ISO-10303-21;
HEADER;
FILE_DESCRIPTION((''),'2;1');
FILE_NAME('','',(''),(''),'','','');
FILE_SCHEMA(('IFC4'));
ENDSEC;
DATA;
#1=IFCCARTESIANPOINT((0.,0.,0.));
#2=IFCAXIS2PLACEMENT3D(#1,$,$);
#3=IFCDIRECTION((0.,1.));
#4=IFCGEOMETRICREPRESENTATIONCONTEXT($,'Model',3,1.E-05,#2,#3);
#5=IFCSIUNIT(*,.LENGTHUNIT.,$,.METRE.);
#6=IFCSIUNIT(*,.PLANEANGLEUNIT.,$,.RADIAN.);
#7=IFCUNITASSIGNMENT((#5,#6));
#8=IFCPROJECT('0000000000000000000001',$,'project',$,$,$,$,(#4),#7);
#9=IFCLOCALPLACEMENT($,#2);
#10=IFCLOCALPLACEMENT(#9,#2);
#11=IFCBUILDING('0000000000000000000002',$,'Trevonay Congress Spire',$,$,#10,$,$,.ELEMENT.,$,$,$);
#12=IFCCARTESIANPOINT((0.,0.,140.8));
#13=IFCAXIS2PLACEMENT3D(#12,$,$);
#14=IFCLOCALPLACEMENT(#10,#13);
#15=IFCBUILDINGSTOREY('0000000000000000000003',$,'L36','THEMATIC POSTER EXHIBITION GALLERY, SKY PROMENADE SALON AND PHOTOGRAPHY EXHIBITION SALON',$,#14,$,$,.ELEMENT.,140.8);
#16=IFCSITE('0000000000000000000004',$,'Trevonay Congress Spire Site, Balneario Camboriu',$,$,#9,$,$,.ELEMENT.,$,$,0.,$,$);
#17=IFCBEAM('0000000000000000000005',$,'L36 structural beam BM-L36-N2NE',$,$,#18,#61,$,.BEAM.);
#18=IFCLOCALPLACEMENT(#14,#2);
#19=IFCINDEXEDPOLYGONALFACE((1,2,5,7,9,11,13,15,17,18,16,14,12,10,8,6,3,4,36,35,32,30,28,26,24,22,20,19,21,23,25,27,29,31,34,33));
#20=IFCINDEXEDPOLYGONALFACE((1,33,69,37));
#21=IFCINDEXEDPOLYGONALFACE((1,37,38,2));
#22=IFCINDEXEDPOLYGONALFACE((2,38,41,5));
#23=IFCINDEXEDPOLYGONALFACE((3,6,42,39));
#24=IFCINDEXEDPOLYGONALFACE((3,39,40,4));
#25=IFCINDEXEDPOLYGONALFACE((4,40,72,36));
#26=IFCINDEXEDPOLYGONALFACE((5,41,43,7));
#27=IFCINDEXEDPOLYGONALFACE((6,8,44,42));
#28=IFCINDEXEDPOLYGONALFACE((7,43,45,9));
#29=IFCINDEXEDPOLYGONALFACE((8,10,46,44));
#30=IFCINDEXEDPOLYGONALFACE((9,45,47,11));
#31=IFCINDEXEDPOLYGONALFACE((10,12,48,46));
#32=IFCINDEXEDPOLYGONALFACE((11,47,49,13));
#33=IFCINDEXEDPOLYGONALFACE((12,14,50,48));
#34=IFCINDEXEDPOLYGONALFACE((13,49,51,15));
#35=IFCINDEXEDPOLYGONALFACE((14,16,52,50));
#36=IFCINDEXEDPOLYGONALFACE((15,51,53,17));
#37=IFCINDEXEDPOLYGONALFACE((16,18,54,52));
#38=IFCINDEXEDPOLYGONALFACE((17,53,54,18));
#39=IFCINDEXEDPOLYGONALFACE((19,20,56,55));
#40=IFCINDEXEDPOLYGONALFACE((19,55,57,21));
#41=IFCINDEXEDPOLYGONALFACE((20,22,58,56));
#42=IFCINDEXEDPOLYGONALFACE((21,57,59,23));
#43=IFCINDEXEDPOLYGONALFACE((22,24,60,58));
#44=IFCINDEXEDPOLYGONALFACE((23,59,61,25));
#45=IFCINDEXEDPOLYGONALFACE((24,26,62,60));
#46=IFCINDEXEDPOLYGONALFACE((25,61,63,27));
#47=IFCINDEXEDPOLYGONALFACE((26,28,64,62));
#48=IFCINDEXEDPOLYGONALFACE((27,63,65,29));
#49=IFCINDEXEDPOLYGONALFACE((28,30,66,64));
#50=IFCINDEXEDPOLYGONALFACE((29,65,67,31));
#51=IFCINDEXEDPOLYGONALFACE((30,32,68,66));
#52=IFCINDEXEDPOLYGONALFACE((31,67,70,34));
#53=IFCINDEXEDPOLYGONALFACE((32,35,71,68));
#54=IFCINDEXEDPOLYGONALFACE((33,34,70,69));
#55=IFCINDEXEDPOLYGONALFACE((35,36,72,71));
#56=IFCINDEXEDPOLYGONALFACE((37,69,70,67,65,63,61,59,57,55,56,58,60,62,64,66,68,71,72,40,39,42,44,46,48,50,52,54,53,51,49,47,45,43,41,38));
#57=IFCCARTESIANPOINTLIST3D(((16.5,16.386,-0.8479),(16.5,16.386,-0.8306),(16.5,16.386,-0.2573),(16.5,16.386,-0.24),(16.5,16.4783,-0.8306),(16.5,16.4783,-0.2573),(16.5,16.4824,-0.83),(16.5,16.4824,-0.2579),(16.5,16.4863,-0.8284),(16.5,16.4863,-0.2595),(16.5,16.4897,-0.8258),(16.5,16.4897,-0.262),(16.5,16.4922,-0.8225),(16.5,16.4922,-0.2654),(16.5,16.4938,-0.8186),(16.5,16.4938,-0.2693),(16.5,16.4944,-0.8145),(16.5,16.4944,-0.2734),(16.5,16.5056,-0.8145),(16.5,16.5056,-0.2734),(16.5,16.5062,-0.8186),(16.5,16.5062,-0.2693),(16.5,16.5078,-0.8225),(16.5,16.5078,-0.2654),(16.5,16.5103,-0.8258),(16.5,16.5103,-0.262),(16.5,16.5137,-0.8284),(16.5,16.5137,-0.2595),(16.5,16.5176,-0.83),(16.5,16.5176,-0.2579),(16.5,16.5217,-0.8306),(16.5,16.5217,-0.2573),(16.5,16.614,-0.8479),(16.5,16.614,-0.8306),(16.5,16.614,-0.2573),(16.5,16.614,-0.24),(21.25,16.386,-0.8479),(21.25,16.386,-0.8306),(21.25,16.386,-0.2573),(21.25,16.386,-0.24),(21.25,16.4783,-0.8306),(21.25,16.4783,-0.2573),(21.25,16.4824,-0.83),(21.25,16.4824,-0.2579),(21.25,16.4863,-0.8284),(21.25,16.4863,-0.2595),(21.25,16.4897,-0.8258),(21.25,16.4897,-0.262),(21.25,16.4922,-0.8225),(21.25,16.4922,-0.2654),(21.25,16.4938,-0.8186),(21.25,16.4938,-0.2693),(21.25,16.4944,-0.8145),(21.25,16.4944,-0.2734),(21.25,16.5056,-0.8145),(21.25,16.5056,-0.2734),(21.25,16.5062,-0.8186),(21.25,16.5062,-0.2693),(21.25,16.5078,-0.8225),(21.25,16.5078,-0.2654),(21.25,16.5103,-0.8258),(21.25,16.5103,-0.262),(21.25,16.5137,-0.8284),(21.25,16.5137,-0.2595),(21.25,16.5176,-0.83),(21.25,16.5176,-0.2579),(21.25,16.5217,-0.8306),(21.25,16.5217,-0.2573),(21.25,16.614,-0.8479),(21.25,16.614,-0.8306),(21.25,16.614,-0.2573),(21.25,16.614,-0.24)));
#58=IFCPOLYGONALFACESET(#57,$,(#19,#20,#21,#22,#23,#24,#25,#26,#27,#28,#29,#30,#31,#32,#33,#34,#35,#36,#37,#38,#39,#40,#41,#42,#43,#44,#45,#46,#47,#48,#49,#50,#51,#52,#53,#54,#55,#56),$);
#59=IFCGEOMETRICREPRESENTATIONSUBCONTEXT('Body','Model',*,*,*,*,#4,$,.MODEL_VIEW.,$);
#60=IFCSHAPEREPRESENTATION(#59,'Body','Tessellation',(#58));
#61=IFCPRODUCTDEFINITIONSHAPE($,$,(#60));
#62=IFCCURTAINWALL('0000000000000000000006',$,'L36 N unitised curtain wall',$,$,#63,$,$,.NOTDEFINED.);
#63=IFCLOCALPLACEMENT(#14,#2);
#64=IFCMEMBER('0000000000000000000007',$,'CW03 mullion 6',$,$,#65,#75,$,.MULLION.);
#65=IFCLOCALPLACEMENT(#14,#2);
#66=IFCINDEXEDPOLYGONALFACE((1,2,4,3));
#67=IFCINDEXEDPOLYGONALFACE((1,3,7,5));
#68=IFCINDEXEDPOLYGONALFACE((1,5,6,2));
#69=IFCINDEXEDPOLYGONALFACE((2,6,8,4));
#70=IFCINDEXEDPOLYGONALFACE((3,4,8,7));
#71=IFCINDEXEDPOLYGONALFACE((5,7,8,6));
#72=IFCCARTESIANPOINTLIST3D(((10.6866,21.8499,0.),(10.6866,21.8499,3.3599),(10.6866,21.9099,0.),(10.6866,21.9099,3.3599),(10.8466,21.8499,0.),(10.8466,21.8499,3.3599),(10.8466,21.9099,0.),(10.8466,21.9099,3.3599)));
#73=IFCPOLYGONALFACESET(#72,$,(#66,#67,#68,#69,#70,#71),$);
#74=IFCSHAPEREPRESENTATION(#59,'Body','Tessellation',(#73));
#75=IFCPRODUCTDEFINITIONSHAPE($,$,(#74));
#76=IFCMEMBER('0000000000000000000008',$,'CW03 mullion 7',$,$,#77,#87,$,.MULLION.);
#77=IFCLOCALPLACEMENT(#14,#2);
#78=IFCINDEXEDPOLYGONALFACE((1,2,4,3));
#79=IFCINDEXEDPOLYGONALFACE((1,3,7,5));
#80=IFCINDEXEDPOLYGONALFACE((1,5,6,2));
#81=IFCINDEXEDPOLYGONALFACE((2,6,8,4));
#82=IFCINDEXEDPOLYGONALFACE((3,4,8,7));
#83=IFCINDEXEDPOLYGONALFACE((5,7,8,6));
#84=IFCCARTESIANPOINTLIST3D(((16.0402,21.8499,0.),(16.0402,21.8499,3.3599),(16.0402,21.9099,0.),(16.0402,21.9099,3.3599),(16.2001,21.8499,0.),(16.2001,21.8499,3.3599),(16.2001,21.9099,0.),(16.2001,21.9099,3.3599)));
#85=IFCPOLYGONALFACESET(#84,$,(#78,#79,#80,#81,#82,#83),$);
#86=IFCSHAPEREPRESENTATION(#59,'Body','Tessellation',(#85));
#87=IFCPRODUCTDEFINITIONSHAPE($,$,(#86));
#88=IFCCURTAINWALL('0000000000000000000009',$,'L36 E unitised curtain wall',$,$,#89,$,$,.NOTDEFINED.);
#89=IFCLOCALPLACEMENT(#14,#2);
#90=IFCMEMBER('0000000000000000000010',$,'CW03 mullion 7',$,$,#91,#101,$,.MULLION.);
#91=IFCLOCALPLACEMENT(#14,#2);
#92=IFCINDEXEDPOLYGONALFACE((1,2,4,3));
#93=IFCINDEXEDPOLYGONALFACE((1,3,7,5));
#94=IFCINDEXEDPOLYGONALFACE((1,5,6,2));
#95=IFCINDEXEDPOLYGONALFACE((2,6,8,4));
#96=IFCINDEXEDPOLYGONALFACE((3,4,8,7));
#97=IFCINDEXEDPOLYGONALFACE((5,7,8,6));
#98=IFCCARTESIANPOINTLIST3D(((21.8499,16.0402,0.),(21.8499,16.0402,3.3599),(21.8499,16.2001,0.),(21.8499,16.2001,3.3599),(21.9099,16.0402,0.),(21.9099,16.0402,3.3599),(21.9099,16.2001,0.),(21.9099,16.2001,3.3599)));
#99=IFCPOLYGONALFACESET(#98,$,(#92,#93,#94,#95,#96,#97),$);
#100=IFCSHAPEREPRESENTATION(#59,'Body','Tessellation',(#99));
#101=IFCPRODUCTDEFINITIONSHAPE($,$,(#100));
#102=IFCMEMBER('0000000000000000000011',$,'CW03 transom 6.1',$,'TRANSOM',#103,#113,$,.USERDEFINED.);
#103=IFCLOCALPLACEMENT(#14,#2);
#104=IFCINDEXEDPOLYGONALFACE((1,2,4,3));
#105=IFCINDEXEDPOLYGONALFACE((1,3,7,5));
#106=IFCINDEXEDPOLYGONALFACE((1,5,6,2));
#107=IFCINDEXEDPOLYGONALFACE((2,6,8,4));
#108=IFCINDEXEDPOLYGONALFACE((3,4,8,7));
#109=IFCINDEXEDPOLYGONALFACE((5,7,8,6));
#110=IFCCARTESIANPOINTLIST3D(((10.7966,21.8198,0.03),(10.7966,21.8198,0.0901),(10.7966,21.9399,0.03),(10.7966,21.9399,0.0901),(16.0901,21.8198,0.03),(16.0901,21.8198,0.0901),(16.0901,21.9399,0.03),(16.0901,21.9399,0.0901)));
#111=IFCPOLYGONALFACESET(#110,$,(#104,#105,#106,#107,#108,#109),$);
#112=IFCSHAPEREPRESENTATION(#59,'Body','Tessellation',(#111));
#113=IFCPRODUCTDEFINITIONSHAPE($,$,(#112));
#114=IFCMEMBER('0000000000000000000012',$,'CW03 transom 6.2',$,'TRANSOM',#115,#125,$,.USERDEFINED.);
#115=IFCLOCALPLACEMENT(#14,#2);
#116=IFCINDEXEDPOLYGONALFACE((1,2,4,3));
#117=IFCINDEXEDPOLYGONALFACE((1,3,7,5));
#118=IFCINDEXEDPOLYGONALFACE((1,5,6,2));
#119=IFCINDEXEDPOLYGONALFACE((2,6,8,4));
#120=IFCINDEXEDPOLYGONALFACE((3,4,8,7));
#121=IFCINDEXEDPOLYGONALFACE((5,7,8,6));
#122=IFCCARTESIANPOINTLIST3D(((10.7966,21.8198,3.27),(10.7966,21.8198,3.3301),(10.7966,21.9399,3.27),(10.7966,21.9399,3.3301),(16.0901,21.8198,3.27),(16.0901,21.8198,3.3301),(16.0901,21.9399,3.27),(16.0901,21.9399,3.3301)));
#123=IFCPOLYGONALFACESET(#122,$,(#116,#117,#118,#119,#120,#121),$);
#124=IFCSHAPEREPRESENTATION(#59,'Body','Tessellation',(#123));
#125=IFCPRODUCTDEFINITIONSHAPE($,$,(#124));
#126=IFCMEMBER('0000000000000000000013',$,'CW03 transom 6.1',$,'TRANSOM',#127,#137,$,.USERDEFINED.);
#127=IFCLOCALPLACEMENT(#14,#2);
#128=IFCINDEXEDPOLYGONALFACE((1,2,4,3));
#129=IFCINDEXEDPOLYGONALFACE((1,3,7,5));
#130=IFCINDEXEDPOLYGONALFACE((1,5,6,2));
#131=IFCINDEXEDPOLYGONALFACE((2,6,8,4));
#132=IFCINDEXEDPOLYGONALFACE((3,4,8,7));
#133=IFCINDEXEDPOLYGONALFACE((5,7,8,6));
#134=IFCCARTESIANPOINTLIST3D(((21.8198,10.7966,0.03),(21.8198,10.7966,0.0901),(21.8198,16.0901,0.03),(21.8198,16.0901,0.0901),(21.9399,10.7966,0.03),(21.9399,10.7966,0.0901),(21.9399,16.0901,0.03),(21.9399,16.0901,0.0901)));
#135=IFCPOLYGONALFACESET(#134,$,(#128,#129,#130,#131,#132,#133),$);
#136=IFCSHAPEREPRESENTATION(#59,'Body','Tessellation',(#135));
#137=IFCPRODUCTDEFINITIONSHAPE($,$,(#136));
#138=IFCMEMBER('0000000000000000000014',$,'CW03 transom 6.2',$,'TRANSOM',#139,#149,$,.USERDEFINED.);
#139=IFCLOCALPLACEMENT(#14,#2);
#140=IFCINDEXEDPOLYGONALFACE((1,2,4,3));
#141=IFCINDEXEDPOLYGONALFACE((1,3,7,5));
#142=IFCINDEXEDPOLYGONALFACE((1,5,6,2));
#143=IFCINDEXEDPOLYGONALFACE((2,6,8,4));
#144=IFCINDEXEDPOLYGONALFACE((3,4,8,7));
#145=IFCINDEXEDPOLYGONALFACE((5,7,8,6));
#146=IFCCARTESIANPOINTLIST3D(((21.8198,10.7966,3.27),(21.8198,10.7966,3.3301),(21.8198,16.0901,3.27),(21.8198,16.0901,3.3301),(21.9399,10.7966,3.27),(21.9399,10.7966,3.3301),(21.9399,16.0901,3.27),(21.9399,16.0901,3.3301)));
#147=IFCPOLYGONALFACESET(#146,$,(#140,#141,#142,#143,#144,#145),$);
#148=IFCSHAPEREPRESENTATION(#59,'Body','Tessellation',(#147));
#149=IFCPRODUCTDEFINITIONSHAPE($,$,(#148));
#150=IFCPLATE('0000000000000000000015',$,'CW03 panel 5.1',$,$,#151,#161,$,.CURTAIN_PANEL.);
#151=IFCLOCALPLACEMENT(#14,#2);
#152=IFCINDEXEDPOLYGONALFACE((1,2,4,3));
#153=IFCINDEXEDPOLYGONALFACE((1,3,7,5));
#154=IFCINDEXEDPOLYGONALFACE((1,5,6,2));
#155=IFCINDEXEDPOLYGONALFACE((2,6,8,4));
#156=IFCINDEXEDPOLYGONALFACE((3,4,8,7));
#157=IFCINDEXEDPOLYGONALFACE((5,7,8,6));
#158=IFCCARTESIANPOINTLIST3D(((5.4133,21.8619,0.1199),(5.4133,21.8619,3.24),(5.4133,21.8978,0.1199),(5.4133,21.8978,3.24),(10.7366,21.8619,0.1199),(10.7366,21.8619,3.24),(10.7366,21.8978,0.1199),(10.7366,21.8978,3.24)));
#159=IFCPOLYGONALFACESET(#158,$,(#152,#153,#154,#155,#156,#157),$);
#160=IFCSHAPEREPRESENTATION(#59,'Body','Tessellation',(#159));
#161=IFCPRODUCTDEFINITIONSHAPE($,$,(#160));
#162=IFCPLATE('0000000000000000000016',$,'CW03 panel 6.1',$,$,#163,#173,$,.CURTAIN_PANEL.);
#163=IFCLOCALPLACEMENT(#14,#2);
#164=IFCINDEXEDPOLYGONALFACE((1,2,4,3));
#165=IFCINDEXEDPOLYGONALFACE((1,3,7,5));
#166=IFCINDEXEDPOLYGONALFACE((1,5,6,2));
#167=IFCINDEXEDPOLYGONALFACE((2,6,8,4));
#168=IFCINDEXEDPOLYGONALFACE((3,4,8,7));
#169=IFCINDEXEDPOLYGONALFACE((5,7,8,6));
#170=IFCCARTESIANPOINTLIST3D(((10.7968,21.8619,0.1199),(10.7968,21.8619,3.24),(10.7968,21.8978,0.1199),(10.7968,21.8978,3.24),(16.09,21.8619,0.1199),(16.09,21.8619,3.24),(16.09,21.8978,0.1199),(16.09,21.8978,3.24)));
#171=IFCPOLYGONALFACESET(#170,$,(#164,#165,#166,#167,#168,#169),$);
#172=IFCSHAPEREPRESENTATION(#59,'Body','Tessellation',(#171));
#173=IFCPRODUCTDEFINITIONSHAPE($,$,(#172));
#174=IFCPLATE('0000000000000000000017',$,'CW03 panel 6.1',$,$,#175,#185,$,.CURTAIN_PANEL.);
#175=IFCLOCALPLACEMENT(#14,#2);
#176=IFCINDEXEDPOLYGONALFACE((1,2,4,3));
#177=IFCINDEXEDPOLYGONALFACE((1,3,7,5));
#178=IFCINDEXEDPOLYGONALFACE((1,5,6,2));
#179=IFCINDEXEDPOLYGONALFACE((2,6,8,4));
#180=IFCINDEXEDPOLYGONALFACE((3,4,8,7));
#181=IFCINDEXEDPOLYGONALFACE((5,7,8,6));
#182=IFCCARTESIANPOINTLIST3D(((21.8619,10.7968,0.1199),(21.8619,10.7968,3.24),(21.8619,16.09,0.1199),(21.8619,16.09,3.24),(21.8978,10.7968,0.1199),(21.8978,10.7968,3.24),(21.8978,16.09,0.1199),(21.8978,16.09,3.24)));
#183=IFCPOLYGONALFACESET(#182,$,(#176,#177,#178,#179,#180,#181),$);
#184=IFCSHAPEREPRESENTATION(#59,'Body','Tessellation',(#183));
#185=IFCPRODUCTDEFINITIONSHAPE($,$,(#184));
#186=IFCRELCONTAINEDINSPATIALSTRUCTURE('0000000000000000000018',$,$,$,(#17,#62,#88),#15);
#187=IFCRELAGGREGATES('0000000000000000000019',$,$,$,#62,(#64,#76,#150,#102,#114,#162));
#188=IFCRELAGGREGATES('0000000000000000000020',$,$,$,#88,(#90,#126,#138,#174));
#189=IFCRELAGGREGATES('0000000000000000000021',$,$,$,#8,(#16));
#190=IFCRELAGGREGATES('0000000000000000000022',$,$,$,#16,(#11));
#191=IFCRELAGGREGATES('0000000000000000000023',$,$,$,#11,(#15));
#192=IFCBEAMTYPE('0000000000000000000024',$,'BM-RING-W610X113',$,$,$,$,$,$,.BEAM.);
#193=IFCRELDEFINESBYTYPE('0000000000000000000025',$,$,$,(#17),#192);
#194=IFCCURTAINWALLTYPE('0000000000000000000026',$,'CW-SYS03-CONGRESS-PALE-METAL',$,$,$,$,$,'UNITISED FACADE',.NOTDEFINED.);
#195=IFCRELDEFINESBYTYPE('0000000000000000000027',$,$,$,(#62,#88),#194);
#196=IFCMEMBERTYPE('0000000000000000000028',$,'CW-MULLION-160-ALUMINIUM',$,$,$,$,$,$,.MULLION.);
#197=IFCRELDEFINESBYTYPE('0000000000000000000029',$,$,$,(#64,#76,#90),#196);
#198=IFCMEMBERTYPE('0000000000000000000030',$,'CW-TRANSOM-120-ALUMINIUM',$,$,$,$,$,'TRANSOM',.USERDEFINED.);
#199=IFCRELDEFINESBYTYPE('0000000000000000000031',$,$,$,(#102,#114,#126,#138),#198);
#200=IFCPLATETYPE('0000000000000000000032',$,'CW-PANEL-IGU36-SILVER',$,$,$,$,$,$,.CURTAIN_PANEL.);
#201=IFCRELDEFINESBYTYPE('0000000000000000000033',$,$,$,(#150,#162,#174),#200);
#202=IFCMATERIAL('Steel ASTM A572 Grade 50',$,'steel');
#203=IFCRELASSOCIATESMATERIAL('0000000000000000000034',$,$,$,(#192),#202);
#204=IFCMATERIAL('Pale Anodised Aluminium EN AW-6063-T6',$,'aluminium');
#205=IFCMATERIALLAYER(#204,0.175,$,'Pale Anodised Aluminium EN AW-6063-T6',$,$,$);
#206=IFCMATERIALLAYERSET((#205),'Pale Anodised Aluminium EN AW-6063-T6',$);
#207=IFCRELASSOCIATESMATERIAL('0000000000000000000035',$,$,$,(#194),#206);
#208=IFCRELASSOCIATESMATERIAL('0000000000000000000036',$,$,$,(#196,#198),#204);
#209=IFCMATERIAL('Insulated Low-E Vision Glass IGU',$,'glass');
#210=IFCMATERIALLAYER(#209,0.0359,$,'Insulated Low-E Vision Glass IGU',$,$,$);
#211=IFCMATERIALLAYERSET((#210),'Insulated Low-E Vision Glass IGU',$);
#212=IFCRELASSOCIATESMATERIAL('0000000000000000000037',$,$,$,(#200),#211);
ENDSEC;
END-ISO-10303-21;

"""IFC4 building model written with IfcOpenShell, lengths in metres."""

from ifc_helpers import new_model, si_unit, direction, frame, origin, origin_2d, place, context, subcontext, project, spatial, rectangle, i_section, extrude, material, layer, layer_set, material_profile, profile_set, type_object, element, aggregate, save


model = new_model("IFC4")

# Units and contexts
model_context = context("Model", 3, precision=1e-05, world=origin(), true_north=direction((0.0, 1.0)))
body_context = subcontext(model_context, "Body", "Model", "MODEL_VIEW")
ifc_project = project(units=[si_unit("LENGTHUNIT", "METRE"), si_unit("PLANEANGLEUNIT", "RADIAN")], contexts=[model_context])

# Site, building, storey
site_placement = place(None, origin())
site = spatial("IfcSite", under=ifc_project, at=site_placement, Name="Trevonay Congress Spire Site, Balneario Camboriu", CompositionType="ELEMENT", RefElevation=0.0)
building_placement = place(site_placement, origin())
building = spatial("IfcBuilding", under=site, at=building_placement, Name="Trevonay Congress Spire", CompositionType="ELEMENT")
storey_placement = place(building_placement, frame((0.0, 0.0, 140.8)))
storey = spatial("IfcBuildingStorey", under=building, at=storey_placement, Name="L36", Description="THEMATIC POSTER EXHIBITION GALLERY, SKY PROMENADE SALON AND PHOTOGRAPHY EXHIBITION SALON", CompositionType="ELEMENT", Elevation=140.8)

# Shared definitions
ifc_material_1 = material(Name="Steel ASTM A572 Grade 50", Category="steel")

# Beam
ifc_material_profile_1 = material_profile(ifc_material_1, i_section(OverallWidth=0.228, OverallDepth=0.6079, WebThickness=0.0112, FlangeThickness=0.0173, FilletRadius=0.0161, at=origin_2d()), Name="W610x113")
ifc_profile_set_1 = profile_set([ifc_material_profile_1], Name="Steel ASTM A572 Grade 50")
beam_type = type_object("IfcBeamType", Name="BM-RING-W610X113", PredefinedType="BEAM", material=ifc_profile_set_1)
for number, where, z_axis, x_axis, name in (
    (1, (21.25, 16.5, -0.5439), (-1.0, 0.0, 0.0), (0.0, -1.0, 0.0), "L36 structural beam BM-L36-N2NE"),
):
    element("IfcBeam", number, at=place(storey_placement, frame(where, z_axis=z_axis, x_axis=x_axis)), inside=storey, type_object=beam_type, Name=name, PredefinedType="BEAM", context=body_context, shape_type="SweptSolid", body=[
        extrude(i_section(OverallWidth=0.228, OverallDepth=0.6079, WebThickness=0.0112, FlangeThickness=0.0173, FilletRadius=0.0161, at=origin_2d()), origin(), (0.0, 0.0, 1.0), 4.75),
    ])

# Curtain wall, members
ifc_material_2 = material(Name="Pale Anodised Aluminium EN AW-6063-T6", Category="aluminium")
ifc_layer_1 = layer(ifc_material_2, 0.175, Name="Pale Anodised Aluminium EN AW-6063-T6")
ifc_layer_set_1 = layer_set([ifc_layer_1], Name="Pale Anodised Aluminium EN AW-6063-T6")
curtain_wall_type = type_object("IfcCurtainWallType", Name="CW-SYS03-CONGRESS-PALE-METAL", ElementType="UNITISED FACADE", PredefinedType="NOTDEFINED", material=ifc_layer_set_1)
curtain_wall_1_placement = place(storey_placement, origin())
curtain_wall_1 = element("IfcCurtainWall", 2, at=curtain_wall_1_placement, inside=storey, type_object=curtain_wall_type, Name="L36 N unitised curtain wall", PredefinedType="NOTDEFINED")
ifc_material_profile_2 = material_profile(ifc_material_2, rectangle(XDim=0.0601, YDim=0.1599, at=origin_2d()), Name="CW-MULLION-160-ALUMINIUM")
ifc_profile_set_2 = profile_set([ifc_material_profile_2], Name="Pale Anodised Aluminium EN AW-6063-T6")
member_type_1 = type_object("IfcMemberType", Name="CW-MULLION-160-ALUMINIUM", PredefinedType="MULLION", material=ifc_profile_set_2)
member_1_placement = place(storey_placement, frame((10.7666, 21.8799, 0.0), z_axis=(0.0, 0.0, 1.0), x_axis=(0.0, 1.0, 0.0)))
member_1 = element("IfcMember", 3, at=member_1_placement, type_object=member_type_1, Name="CW03 mullion 6", PredefinedType="MULLION", context=body_context, shape_type="SweptSolid", body=[
    extrude(rectangle(XDim=0.0601, YDim=0.1599, at=origin_2d()), origin(), (0.0, 0.0, 1.0), 3.3599),
])
member_2_placement = place(storey_placement, frame((16.1201, 21.8799, 0.0), z_axis=(0.0, 0.0, 1.0), x_axis=(0.0, 1.0, 0.0)))
member_2 = element("IfcMember", 4, at=member_2_placement, type_object=member_type_1, Name="CW03 mullion 7", PredefinedType="MULLION", context=body_context, shape_type="SweptSolid", body=[
    extrude(rectangle(XDim=0.0601, YDim=0.1599, at=origin_2d()), origin(), (0.0, 0.0, 1.0), 3.3599),
])

# Curtain wall, member
curtain_wall_2_placement = place(storey_placement, origin())
curtain_wall_2 = element("IfcCurtainWall", 5, at=curtain_wall_2_placement, inside=storey, type_object=curtain_wall_type, Name="L36 E unitised curtain wall", PredefinedType="NOTDEFINED")
member_3_placement = place(storey_placement, frame((21.8799, 16.1201, 0.0), z_axis=(0.0, 0.0, 1.0), x_axis=(-1.0, 0.0, 0.0)))
member_3 = element("IfcMember", 6, at=member_3_placement, type_object=member_type_1, Name="CW03 mullion 7", PredefinedType="MULLION", context=body_context, shape_type="SweptSolid", body=[
    extrude(rectangle(XDim=0.0601, YDim=0.1599, at=origin_2d()), origin(), (0.0, 0.0, 1.0), 3.3599),
])

# Members
ifc_material_profile_3 = material_profile(ifc_material_2, rectangle(XDim=0.1201, YDim=0.0601, at=origin_2d()), Name="CW-TRANSOM-120-ALUMINIUM")
ifc_profile_set_3 = profile_set([ifc_material_profile_3], Name="Pale Anodised Aluminium EN AW-6063-T6")
member_type_2 = type_object("IfcMemberType", Name="CW-TRANSOM-120-ALUMINIUM", ElementType="TRANSOM", PredefinedType="USERDEFINED", material=ifc_profile_set_3)
member_4_placement = place(storey_placement, frame((10.7966, 21.8799, 0.0601), z_axis=(1.0, 0.0, 0.0), x_axis=(0.0, 1.0, 0.0)))
member_4 = element("IfcMember", 7, at=member_4_placement, type_object=member_type_2, Name="CW03 transom 6.1", ObjectType="TRANSOM", PredefinedType="USERDEFINED", context=body_context, shape_type="SweptSolid", body=[
    extrude(rectangle(XDim=0.1201, YDim=0.0601, at=origin_2d()), origin(), (0.0, 0.0, 1.0), 5.2935),
])
member_5_placement = place(storey_placement, frame((10.7966, 21.8799, 3.3), z_axis=(1.0, 0.0, 0.0), x_axis=(0.0, 1.0, 0.0)))
member_5 = element("IfcMember", 8, at=member_5_placement, type_object=member_type_2, Name="CW03 transom 6.2", ObjectType="TRANSOM", PredefinedType="USERDEFINED", context=body_context, shape_type="SweptSolid", body=[
    extrude(rectangle(XDim=0.1201, YDim=0.0601, at=origin_2d()), origin(), (0.0, 0.0, 1.0), 5.2935),
])
member_6_placement = place(storey_placement, frame((21.8799, 10.7966, 0.0601), z_axis=(0.0, 1.0, 0.0), x_axis=(-1.0, 0.0, 0.0)))
member_6 = element("IfcMember", 9, at=member_6_placement, type_object=member_type_2, Name="CW03 transom 6.1", ObjectType="TRANSOM", PredefinedType="USERDEFINED", context=body_context, shape_type="SweptSolid", body=[
    extrude(rectangle(XDim=0.1201, YDim=0.0601, at=origin_2d()), origin(), (0.0, 0.0, 1.0), 5.2935),
])
member_7_placement = place(storey_placement, frame((21.8799, 10.7966, 3.3), z_axis=(0.0, 1.0, 0.0), x_axis=(-1.0, 0.0, 0.0)))
member_7 = element("IfcMember", 10, at=member_7_placement, type_object=member_type_2, Name="CW03 transom 6.2", ObjectType="TRANSOM", PredefinedType="USERDEFINED", context=body_context, shape_type="SweptSolid", body=[
    extrude(rectangle(XDim=0.1201, YDim=0.0601, at=origin_2d()), origin(), (0.0, 0.0, 1.0), 5.2935),
])

# Plates
ifc_material_3 = material(Name="Insulated Low-E Vision Glass IGU", Category="glass")
ifc_layer_2 = layer(ifc_material_3, 0.0359, Name="Insulated Low-E Vision Glass IGU")
ifc_layer_set_2 = layer_set([ifc_layer_2], Name="Insulated Low-E Vision Glass IGU")
plate_type = type_object("IfcPlateType", Name="CW-PANEL-IGU36-SILVER", PredefinedType="CURTAIN_PANEL", material=ifc_layer_set_2)
plate_1_placement = place(storey_placement, frame((8.075, 21.8799, 0.1199), z_axis=(0.0, 0.0, 1.0), x_axis=(1.0, 0.0, 0.0)))
plate_1 = element("IfcPlate", 11, at=plate_1_placement, type_object=plate_type, Name="CW03 panel 5.1", PredefinedType="CURTAIN_PANEL", context=body_context, shape_type="SweptSolid", body=[
    extrude(rectangle(XDim=5.3232, YDim=0.0359, at=origin_2d()), origin(), (0.0, 0.0, 1.0), 3.1201),
])
plate_2_placement = place(storey_placement, frame((13.4434, 21.8799, 0.1199), z_axis=(0.0, 0.0, 1.0), x_axis=(1.0, 0.0, 0.0)))
plate_2 = element("IfcPlate", 12, at=plate_2_placement, type_object=plate_type, Name="CW03 panel 6.1", PredefinedType="CURTAIN_PANEL", context=body_context, shape_type="SweptSolid", body=[
    extrude(rectangle(XDim=5.2932, YDim=0.0359, at=origin_2d()), origin(), (0.0, 0.0, 1.0), 3.1201),
])
aggregate(curtain_wall_1, [member_1, member_2, plate_1, member_4, member_5, plate_2])
plate_3_placement = place(storey_placement, frame((21.8799, 13.4434, 0.1199), z_axis=(0.0, 0.0, 1.0), x_axis=(0.0, 1.0, 0.0)))
plate_3 = element("IfcPlate", 13, at=plate_3_placement, type_object=plate_type, Name="CW03 panel 6.1", PredefinedType="CURTAIN_PANEL", context=body_context, shape_type="SweptSolid", body=[
    extrude(rectangle(XDim=5.2932, YDim=0.0359, at=origin_2d()), origin(), (0.0, 0.0, 1.0), 3.1201),
])
aggregate(curtain_wall_2, [member_3, member_6, member_7, plate_3])

save(model, "model.ifc")
